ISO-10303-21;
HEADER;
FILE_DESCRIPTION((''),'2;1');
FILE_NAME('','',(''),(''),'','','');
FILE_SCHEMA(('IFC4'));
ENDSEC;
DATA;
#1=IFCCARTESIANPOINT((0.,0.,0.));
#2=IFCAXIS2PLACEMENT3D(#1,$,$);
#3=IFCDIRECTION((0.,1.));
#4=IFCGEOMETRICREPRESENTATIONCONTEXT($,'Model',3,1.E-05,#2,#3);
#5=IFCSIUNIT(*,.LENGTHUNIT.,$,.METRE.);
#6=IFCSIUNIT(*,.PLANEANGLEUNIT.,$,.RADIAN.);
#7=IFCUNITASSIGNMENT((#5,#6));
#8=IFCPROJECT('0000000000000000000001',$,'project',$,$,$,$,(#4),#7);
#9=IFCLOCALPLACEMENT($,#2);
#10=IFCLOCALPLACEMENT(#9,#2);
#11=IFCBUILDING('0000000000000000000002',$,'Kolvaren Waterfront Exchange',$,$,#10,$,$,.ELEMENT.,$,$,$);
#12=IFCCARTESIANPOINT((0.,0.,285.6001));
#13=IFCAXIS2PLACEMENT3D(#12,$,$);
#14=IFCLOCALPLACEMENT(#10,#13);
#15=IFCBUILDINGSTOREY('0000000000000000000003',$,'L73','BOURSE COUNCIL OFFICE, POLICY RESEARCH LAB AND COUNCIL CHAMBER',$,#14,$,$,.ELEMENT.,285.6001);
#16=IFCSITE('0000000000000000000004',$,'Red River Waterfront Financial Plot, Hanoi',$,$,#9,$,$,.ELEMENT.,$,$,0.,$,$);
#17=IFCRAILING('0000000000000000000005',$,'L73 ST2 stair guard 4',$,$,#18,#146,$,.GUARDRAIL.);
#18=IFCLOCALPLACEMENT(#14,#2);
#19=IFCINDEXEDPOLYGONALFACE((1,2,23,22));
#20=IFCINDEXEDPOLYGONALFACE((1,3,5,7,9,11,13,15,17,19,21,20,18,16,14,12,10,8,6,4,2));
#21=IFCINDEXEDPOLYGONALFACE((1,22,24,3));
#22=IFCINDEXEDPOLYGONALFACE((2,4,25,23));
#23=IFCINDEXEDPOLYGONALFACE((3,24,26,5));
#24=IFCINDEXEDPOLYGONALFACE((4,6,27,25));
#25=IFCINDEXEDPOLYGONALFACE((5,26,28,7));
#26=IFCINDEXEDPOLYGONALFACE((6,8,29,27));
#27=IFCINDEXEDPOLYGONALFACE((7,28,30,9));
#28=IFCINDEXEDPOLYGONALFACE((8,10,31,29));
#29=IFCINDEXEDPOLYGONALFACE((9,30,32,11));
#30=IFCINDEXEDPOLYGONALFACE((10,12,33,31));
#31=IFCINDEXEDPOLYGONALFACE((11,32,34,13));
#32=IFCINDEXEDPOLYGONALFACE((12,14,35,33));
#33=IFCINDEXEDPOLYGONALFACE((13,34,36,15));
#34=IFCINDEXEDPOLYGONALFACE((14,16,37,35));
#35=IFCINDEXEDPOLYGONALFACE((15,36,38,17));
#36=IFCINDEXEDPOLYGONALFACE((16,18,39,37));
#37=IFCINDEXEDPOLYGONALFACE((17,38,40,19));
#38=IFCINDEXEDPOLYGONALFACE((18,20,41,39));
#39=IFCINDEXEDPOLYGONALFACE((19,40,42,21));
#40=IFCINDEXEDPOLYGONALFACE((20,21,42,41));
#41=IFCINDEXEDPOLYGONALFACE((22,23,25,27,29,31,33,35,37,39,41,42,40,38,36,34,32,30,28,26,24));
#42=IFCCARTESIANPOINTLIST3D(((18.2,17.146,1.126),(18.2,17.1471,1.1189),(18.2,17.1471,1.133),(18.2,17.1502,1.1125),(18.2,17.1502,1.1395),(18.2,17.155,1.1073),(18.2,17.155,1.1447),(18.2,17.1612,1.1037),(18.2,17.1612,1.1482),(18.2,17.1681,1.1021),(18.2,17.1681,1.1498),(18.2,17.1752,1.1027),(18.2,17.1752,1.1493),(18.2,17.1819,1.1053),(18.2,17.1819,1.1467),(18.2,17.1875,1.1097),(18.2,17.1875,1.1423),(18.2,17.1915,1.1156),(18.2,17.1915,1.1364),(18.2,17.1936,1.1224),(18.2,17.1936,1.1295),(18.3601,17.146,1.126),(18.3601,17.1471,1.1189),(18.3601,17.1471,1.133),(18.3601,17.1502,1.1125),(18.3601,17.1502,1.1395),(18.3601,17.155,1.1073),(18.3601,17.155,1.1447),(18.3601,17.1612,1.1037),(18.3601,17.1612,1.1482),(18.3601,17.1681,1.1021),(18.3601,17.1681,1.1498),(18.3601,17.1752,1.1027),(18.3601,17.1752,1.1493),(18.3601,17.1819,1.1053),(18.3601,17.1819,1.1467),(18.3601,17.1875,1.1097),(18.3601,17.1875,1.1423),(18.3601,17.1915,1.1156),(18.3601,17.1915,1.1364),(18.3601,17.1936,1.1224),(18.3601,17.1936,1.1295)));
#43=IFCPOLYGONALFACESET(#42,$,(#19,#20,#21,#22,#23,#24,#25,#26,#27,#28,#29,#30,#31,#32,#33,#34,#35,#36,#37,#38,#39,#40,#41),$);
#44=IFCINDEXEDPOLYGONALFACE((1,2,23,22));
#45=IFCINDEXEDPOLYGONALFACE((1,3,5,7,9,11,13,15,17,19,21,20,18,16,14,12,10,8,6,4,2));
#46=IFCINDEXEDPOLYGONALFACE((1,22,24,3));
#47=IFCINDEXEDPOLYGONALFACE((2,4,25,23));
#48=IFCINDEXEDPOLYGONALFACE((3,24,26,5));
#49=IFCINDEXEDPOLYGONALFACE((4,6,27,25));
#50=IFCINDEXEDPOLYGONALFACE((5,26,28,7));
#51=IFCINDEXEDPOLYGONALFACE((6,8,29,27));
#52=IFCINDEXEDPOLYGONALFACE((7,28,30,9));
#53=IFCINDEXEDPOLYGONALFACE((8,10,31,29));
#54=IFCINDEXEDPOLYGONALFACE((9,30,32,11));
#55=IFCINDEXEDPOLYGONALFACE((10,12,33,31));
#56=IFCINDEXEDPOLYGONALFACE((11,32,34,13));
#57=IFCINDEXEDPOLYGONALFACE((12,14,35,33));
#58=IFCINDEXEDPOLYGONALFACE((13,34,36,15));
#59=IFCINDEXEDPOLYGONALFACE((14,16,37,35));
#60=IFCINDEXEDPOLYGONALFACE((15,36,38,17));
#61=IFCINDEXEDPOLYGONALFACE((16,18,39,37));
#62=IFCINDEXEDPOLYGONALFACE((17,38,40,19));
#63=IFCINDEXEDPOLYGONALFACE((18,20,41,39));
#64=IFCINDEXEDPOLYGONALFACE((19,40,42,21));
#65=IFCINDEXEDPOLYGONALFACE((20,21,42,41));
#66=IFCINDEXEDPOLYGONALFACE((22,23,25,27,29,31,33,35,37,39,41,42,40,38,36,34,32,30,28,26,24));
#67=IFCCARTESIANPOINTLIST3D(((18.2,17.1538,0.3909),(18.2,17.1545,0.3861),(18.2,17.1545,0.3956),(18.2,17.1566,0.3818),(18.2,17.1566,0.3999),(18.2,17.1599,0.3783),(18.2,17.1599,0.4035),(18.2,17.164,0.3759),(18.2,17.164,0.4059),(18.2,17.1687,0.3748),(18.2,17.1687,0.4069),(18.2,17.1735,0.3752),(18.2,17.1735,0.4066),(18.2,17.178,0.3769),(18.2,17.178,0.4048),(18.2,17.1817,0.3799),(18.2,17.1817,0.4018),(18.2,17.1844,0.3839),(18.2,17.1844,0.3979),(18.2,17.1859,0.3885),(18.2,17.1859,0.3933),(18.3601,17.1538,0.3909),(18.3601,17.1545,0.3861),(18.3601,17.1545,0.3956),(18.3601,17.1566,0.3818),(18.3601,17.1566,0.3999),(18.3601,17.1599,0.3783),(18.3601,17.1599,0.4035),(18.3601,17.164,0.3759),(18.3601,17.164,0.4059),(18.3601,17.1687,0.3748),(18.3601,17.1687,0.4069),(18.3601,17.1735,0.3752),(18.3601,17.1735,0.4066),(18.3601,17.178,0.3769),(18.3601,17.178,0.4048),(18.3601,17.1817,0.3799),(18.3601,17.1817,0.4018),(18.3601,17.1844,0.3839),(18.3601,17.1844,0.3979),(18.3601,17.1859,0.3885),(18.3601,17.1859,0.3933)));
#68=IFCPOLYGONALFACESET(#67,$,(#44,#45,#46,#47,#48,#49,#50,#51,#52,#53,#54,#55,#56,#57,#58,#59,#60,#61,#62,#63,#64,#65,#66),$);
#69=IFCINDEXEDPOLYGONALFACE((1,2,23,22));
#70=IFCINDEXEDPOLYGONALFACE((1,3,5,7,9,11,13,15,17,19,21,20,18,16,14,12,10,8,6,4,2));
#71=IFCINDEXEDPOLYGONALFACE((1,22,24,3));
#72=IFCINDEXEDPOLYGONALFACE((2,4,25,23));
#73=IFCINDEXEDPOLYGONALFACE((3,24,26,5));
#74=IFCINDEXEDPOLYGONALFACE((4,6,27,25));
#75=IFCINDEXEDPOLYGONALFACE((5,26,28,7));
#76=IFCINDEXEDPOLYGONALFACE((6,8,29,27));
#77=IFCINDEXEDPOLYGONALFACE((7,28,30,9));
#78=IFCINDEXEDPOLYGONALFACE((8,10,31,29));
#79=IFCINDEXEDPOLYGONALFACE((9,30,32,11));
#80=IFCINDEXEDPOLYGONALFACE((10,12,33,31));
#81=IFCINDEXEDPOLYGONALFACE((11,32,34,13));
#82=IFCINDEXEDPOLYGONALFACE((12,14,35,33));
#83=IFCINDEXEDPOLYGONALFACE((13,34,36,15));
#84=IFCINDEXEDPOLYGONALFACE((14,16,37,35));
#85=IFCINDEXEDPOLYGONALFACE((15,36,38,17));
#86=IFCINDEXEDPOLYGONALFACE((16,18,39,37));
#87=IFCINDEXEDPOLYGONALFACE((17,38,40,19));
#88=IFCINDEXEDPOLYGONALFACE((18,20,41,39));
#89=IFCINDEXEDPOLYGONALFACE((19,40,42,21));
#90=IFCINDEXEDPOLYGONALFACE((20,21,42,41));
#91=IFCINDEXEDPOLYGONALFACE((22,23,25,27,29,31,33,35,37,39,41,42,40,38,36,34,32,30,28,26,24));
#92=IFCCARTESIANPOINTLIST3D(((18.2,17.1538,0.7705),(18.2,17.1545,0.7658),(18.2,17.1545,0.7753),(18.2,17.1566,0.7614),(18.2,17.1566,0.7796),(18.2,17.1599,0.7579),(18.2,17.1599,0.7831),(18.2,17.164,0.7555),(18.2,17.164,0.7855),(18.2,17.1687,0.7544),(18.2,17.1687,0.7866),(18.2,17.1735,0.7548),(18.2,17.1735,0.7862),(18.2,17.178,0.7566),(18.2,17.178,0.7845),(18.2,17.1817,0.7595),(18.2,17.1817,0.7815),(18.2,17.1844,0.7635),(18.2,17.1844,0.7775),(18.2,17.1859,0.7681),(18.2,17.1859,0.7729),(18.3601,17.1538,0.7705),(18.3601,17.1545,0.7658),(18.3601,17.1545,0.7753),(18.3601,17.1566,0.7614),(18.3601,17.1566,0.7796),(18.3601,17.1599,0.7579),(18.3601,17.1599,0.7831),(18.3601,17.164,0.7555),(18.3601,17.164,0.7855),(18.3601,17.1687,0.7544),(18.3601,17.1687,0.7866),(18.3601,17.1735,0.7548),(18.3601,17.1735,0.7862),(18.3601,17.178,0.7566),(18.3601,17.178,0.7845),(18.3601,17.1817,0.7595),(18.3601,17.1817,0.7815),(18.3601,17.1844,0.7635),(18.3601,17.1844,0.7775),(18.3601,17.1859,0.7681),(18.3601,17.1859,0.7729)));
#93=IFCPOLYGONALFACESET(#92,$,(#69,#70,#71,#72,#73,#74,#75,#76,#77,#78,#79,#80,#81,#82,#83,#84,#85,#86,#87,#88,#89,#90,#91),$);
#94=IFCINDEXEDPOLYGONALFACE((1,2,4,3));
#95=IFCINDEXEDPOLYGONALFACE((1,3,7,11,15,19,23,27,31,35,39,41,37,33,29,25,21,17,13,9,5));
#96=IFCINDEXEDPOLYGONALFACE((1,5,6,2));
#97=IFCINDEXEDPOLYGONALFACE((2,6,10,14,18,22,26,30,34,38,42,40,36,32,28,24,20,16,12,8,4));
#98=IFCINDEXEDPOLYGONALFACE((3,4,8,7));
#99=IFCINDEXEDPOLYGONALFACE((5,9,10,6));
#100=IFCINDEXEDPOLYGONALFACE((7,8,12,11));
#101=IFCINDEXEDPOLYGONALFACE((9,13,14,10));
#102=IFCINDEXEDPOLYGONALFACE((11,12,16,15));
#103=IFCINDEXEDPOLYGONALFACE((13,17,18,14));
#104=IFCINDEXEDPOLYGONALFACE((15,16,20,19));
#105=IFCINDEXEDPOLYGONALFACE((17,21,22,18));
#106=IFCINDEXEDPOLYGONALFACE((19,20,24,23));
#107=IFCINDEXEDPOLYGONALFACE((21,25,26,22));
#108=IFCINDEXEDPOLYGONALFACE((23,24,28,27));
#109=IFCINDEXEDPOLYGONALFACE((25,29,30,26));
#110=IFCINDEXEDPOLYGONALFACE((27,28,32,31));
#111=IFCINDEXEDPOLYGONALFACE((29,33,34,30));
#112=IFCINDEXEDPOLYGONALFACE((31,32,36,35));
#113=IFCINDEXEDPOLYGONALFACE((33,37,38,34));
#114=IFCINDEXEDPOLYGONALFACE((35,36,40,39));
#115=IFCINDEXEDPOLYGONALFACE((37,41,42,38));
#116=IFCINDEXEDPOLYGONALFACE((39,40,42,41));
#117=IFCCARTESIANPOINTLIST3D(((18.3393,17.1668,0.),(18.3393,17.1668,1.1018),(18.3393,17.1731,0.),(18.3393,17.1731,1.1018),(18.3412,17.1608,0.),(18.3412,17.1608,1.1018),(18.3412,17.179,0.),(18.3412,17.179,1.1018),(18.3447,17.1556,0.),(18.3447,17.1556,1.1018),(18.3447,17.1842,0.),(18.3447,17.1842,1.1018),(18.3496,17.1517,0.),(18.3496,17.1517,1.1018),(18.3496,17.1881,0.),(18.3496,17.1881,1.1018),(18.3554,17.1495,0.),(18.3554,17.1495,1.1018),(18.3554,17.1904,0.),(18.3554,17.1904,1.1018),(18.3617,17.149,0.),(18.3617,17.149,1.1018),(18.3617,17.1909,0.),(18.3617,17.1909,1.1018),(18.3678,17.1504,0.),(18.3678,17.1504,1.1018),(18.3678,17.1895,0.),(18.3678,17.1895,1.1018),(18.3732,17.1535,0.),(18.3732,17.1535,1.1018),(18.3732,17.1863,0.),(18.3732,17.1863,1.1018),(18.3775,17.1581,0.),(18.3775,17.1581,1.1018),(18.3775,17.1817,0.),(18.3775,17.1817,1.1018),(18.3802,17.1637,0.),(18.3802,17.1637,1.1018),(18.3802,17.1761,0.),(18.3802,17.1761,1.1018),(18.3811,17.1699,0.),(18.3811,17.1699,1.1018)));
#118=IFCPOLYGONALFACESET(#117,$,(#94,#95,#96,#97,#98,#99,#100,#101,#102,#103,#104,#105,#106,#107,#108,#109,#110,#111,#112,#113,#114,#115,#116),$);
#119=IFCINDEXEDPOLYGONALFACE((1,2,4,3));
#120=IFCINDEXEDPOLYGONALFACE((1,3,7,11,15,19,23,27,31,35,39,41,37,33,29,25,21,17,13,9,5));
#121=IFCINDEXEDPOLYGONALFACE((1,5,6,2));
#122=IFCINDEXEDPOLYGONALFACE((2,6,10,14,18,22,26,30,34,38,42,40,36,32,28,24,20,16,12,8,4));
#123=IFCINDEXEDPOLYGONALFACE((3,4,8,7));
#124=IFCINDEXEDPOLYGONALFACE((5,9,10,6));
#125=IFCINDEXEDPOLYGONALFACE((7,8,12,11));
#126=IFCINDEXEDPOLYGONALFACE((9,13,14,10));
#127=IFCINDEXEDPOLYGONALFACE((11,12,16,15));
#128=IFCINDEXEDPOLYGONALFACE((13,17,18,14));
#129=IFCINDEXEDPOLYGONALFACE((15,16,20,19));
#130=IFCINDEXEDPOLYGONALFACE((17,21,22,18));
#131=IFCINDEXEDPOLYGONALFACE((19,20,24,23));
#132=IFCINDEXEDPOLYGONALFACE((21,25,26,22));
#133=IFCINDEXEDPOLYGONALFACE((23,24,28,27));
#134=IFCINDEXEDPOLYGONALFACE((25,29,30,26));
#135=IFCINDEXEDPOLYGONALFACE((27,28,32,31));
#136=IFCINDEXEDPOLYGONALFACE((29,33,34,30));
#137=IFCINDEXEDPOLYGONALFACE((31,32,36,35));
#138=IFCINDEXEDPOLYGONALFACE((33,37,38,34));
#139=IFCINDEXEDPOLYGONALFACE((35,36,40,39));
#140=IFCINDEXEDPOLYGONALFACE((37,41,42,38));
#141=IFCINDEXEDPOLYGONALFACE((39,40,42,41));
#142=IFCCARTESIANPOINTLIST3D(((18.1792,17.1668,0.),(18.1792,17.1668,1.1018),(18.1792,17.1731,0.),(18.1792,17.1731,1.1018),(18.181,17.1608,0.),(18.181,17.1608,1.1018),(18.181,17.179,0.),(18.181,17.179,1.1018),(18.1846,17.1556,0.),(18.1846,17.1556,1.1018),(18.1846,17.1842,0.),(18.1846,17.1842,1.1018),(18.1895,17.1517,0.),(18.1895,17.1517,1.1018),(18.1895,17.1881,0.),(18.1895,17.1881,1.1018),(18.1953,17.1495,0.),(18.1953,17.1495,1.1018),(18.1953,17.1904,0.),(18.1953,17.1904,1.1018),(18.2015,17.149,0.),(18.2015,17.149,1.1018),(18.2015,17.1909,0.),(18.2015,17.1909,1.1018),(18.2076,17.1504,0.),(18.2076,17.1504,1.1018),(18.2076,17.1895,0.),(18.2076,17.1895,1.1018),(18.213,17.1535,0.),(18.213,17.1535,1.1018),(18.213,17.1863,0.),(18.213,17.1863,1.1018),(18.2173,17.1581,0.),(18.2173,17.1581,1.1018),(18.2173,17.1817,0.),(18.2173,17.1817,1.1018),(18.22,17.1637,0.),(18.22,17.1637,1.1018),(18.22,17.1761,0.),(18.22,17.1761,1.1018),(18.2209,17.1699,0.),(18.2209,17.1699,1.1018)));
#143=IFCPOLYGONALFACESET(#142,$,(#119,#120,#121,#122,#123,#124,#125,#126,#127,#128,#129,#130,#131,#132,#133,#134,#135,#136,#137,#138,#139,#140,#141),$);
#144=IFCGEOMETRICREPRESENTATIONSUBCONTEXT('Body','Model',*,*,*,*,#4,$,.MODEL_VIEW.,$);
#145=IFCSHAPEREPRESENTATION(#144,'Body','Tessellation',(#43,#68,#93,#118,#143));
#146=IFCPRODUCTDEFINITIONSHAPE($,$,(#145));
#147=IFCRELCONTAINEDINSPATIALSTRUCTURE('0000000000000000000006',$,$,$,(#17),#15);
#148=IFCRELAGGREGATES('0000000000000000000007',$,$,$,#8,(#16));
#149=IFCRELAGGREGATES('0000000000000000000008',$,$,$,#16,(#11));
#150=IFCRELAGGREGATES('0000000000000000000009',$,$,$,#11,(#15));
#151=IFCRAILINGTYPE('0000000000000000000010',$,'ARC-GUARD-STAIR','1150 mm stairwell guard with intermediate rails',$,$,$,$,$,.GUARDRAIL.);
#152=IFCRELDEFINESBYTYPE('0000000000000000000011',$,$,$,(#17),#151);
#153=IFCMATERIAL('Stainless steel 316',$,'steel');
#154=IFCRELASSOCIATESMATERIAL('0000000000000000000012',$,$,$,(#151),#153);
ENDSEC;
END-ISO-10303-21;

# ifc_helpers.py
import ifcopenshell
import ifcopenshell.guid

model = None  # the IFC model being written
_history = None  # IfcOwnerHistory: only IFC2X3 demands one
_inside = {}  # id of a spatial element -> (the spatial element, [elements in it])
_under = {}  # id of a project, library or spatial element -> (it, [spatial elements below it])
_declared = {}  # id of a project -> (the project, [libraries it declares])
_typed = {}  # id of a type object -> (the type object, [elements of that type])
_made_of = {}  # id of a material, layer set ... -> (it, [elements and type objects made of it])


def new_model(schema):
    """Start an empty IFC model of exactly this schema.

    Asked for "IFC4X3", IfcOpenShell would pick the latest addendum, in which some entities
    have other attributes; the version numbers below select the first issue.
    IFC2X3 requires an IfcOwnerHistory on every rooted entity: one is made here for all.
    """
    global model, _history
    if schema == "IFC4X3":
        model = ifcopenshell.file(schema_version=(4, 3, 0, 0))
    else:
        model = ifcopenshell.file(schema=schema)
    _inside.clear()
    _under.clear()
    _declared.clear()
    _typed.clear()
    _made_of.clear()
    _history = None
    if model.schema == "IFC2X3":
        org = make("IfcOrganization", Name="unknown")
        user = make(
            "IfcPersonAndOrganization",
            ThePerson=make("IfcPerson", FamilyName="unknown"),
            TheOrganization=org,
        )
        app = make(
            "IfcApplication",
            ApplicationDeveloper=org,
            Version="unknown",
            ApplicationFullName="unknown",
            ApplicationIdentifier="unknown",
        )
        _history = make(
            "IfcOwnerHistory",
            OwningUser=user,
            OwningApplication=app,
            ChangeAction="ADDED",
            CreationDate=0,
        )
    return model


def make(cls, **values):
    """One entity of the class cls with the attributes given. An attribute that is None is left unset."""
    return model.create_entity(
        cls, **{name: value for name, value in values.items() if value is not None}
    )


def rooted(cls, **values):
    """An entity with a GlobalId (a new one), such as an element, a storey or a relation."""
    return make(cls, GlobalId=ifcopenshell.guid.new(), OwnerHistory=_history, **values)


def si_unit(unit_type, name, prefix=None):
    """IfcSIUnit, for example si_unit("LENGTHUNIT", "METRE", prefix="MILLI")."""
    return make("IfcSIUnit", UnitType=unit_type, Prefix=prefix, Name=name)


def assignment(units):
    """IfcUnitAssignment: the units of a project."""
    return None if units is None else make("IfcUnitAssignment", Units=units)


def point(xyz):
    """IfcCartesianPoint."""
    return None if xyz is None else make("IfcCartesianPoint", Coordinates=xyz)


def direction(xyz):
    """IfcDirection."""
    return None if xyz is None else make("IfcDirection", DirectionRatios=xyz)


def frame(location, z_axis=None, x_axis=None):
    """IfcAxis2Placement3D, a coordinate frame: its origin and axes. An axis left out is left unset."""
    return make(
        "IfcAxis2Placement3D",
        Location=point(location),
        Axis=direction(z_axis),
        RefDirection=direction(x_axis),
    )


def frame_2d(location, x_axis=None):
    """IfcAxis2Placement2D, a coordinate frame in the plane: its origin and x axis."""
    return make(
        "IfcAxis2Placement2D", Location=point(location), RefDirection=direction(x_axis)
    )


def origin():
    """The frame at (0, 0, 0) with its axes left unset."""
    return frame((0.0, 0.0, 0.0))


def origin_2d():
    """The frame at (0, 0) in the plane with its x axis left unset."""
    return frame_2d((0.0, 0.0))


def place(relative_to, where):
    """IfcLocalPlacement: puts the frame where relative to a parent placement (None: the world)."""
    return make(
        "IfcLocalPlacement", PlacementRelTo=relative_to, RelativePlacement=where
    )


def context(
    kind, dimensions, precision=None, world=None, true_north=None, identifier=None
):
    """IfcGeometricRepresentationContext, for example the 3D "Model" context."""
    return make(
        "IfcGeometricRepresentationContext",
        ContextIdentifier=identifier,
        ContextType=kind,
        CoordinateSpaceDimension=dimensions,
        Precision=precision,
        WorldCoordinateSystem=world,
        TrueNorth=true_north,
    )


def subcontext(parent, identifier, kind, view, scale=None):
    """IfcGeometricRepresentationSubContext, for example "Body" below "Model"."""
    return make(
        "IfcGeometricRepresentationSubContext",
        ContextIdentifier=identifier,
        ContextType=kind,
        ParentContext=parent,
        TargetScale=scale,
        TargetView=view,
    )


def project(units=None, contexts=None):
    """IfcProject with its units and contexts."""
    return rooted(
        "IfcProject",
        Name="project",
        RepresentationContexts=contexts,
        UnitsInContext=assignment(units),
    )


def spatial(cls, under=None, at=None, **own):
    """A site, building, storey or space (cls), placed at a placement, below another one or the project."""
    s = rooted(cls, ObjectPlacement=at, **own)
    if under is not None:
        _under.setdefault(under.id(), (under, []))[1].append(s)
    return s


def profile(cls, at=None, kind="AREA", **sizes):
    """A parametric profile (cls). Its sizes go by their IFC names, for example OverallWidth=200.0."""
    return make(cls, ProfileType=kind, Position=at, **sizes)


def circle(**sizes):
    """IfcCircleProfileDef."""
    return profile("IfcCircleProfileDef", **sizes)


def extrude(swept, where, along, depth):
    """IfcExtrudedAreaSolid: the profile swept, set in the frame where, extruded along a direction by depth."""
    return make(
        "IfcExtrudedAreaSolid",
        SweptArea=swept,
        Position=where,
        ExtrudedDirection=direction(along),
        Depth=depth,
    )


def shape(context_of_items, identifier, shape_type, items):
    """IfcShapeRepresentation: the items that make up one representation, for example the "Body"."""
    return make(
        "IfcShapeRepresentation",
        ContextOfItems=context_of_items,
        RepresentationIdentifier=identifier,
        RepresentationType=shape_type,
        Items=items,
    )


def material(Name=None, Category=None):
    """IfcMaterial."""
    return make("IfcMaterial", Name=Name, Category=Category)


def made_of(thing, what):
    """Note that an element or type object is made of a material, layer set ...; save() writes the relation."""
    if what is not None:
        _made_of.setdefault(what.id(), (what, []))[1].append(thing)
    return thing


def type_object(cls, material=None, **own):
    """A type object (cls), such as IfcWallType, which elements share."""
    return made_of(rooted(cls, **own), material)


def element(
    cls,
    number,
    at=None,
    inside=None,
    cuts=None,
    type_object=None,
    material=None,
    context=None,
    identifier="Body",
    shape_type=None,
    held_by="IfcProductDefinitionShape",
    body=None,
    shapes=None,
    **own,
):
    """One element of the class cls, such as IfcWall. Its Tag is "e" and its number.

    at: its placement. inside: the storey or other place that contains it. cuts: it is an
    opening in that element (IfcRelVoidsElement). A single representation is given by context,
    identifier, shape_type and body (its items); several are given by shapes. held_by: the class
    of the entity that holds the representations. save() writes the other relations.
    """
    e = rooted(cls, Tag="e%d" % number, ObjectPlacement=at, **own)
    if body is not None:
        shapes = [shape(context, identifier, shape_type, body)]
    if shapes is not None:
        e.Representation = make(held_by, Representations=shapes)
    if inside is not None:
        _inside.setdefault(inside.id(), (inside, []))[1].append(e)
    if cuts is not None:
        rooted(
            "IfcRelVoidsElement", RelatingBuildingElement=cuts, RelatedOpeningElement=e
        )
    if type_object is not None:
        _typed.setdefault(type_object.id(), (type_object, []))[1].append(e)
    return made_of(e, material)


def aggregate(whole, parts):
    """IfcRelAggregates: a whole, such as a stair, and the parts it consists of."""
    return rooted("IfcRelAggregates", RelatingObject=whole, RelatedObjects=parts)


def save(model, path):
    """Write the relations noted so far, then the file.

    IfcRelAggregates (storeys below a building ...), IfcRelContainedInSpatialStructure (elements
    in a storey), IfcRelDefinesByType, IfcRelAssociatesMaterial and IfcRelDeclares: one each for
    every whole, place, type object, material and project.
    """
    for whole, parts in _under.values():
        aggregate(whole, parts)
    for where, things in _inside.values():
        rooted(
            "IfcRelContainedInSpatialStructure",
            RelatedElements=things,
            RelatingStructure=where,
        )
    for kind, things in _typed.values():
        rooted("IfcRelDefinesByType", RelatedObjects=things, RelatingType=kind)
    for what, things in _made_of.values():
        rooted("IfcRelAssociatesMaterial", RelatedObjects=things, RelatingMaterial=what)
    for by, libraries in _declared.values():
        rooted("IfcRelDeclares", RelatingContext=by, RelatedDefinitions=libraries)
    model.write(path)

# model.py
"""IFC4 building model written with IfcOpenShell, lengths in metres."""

from ifc_helpers import new_model, si_unit, direction, frame, origin, origin_2d, place, context, subcontext, project, spatial, circle, extrude, material, type_object, element, save


model = new_model("IFC4")

# Units and contexts
model_context = context("Model", 3, precision=1e-05, world=origin(), true_north=direction((0.0, 1.0)))
body_context = subcontext(model_context, "Body", "Model", "MODEL_VIEW")
ifc_project = project(units=[si_unit("LENGTHUNIT", "METRE"), si_unit("PLANEANGLEUNIT", "RADIAN")], contexts=[model_context])

# Site, building, storey
site_placement = place(None, origin())
site = spatial("IfcSite", under=ifc_project, at=site_placement, Name="Red River Waterfront Financial Plot, Hanoi", CompositionType="ELEMENT", RefElevation=0.0)
building_placement = place(site_placement, origin())
building = spatial("IfcBuilding", under=site, at=building_placement, Name="Kolvaren Waterfront Exchange", CompositionType="ELEMENT")
storey_placement = place(building_placement, frame((0.0, 0.0, 285.6001)))
storey = spatial("IfcBuildingStorey", under=building, at=storey_placement, Name="L73", Description="BOURSE COUNCIL OFFICE, POLICY RESEARCH LAB AND COUNCIL CHAMBER", CompositionType="ELEMENT", Elevation=285.6001)

# Railing
ifc_material_1 = material(Name="Stainless steel 316", Category="steel")
railing_type_1 = type_object("IfcRailingType", Name="ARC-GUARD-STAIR", Description="1150 mm stairwell guard with intermediate rails", PredefinedType="GUARDRAIL", material=ifc_material_1)
railing_1_placement = place(storey_placement, frame((18.3601, 17.1699, 0.0)))
element("IfcRailing", 1, at=railing_1_placement, inside=storey, type_object=railing_type_1, Name="L73 ST2 stair guard 4", PredefinedType="GUARDRAIL", context=body_context, shape_type="SweptSolid", body=[
    extrude(circle(Radius=0.0239, at=origin_2d()), frame((0.0, 0.0, 1.126), z_axis=(-1.0, 0.0, 0.0), x_axis=(0.0, -1.0, 0.0)), (0.0, 0.0, 1.0), 0.1602),
    extrude(circle(Radius=0.0161, at=origin_2d()), frame((0.0, 0.0, 0.3909), z_axis=(-1.0, 0.0, 0.0), x_axis=(0.0, -1.0, 0.0)), (0.0, 0.0, 1.0), 0.1602),
    extrude(circle(Radius=0.0161, at=origin_2d()), frame((0.0, 0.0, 0.7705), z_axis=(-1.0, 0.0, 0.0), x_axis=(0.0, -1.0, 0.0)), (0.0, 0.0, 1.0), 0.1602),
    extrude(circle(Radius=0.021, at=origin_2d()), origin(), (0.0, 0.0, 1.0), 1.1018),
    extrude(circle(Radius=0.021, at=origin_2d()), frame((-0.1602, 0.0, 0.0)), (0.0, 0.0, 1.0), 1.1018),
])

save(model, "model.ifc")
